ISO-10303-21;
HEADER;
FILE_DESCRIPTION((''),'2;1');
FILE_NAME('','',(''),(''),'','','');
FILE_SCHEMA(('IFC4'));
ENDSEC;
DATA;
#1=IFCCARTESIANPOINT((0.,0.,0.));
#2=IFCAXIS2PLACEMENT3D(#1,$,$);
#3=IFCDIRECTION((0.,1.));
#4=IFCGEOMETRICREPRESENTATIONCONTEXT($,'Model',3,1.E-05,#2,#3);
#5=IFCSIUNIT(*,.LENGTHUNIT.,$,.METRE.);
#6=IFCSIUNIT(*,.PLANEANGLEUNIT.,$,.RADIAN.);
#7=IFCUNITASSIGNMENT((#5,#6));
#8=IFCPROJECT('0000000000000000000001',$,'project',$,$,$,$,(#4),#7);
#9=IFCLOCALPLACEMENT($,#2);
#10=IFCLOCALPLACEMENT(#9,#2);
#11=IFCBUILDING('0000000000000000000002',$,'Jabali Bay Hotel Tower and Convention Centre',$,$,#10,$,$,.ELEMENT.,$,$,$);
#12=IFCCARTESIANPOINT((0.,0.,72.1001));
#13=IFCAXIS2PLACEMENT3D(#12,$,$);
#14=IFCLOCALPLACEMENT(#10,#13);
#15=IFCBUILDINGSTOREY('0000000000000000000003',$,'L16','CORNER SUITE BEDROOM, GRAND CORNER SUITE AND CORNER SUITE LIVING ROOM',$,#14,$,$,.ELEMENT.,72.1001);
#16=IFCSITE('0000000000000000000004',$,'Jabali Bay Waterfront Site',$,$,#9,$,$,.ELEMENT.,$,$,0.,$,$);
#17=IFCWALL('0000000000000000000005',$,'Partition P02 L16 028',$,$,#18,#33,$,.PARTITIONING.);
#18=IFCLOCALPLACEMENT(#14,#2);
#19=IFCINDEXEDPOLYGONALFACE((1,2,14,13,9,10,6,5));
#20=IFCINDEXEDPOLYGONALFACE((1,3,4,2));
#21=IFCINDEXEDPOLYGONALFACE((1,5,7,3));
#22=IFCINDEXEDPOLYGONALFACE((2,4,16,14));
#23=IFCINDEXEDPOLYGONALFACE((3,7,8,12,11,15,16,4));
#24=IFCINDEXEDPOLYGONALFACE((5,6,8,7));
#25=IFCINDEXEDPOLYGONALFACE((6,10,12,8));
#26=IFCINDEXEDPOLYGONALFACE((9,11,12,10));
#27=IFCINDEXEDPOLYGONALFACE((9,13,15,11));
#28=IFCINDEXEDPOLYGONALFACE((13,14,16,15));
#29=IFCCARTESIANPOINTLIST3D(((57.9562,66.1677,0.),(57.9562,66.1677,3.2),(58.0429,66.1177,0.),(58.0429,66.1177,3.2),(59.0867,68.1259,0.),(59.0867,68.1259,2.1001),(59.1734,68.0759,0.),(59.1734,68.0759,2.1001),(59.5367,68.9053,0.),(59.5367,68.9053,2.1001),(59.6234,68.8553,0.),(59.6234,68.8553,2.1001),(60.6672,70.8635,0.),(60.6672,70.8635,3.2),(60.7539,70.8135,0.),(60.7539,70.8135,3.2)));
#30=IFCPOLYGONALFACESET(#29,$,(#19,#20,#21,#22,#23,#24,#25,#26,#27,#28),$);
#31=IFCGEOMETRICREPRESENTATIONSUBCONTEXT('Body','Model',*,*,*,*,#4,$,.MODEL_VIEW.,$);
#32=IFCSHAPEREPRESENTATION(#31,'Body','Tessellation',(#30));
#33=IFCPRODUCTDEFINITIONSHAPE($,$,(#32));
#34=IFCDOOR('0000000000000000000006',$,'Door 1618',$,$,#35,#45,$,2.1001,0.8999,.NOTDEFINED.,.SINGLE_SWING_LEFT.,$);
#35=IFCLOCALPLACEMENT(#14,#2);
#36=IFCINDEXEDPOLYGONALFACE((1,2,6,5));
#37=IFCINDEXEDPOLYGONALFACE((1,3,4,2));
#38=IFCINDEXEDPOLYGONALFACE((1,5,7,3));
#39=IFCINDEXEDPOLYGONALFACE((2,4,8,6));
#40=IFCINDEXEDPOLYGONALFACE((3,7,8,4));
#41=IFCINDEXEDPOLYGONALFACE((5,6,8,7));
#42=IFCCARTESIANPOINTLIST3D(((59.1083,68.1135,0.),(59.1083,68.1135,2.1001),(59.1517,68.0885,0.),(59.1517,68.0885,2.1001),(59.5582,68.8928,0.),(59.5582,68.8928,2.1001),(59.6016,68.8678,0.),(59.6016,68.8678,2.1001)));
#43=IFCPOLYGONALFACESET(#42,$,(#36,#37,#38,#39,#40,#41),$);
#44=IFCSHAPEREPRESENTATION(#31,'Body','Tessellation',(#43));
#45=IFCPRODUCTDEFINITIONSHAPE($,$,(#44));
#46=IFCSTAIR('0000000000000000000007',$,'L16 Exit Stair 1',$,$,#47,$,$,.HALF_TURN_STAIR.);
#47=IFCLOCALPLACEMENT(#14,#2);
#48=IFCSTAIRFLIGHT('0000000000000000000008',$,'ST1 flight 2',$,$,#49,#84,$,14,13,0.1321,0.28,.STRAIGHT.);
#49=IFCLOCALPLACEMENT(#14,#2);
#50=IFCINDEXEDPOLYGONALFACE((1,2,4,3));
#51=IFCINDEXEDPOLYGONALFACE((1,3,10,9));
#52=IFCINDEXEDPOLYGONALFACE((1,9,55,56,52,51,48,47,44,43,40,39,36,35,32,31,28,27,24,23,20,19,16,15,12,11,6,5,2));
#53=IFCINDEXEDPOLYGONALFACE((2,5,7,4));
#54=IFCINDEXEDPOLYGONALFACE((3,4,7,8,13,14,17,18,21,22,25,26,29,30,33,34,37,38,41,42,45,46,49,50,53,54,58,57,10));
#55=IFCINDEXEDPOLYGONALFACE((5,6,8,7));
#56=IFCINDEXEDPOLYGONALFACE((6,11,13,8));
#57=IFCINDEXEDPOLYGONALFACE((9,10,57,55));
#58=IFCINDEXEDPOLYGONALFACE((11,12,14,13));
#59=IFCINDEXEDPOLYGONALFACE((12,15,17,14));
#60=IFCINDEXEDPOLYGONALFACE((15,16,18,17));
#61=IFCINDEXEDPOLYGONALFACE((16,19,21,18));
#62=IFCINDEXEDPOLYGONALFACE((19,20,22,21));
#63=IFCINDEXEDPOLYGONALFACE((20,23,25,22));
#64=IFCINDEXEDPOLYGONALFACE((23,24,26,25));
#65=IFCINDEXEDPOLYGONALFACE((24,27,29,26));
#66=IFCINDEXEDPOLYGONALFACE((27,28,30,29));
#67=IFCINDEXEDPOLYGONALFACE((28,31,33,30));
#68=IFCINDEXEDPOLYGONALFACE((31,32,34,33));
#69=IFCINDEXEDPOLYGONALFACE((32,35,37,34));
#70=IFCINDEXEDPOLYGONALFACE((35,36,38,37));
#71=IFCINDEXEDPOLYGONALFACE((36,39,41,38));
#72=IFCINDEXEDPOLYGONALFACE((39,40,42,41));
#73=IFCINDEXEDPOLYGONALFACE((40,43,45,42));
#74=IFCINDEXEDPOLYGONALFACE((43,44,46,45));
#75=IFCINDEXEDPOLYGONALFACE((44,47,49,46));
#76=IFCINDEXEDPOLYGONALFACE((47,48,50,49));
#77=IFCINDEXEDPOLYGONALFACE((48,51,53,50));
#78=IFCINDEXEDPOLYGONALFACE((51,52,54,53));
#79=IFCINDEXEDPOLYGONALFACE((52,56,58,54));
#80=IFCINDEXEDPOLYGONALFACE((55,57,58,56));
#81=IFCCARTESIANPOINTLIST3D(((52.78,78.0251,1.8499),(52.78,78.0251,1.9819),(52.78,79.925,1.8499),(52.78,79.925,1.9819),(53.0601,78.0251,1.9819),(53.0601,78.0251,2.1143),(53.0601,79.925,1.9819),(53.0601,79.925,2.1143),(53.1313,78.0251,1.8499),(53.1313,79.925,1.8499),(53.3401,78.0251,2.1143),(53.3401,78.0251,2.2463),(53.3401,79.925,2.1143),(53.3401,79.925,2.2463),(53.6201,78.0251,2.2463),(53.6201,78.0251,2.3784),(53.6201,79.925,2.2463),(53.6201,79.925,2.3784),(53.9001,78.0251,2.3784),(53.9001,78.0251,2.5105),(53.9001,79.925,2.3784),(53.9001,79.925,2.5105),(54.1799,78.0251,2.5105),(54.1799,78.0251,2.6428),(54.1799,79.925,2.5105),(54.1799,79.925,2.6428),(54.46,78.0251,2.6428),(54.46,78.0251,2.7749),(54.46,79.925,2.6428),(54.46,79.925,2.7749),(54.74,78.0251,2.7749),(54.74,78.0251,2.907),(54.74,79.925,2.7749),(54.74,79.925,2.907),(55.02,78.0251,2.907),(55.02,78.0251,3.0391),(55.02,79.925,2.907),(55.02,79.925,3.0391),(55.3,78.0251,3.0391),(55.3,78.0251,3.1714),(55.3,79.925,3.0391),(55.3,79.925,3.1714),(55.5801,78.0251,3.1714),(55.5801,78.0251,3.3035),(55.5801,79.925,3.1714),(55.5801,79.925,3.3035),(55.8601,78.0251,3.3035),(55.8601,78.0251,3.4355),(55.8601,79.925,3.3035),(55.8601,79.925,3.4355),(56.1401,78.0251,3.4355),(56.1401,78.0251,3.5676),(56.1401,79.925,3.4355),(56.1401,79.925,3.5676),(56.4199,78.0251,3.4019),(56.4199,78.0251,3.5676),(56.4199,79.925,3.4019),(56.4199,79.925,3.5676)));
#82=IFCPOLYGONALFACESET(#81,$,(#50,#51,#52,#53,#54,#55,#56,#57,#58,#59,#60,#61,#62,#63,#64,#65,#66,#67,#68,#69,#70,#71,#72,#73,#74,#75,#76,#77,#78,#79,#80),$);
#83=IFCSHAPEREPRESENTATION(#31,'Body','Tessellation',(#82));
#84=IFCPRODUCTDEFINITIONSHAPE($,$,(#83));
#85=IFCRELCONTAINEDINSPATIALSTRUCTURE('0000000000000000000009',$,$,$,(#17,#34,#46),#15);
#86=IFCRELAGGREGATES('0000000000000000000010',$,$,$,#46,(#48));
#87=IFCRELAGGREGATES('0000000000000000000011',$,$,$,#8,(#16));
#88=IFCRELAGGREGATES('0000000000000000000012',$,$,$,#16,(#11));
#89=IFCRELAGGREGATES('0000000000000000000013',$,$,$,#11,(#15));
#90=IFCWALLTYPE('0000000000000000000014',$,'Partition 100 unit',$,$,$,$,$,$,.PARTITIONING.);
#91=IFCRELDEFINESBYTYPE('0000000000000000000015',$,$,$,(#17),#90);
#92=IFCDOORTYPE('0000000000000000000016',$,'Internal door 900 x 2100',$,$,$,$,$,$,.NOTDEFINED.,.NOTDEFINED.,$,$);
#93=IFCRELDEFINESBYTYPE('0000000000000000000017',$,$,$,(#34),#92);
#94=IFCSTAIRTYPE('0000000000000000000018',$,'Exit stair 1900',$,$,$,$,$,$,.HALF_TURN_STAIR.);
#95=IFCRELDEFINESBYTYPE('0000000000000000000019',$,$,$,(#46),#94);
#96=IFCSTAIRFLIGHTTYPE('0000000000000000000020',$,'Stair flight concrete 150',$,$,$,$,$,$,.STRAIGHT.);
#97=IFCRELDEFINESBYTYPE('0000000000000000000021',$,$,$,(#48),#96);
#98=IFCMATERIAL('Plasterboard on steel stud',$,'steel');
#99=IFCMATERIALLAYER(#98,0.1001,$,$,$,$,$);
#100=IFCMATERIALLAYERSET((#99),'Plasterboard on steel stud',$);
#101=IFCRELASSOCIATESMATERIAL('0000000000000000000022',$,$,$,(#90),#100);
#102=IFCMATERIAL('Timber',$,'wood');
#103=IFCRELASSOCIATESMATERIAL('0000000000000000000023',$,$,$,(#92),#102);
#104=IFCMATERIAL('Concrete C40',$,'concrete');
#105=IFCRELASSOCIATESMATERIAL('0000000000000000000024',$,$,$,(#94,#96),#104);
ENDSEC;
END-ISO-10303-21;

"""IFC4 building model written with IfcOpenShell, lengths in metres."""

from ifc_helpers import new_model, si_unit, direction, frame, frame_2d, origin, place, context, subcontext, project, spatial, polyline, rectangle, outline, extrude, material, layer, layer_set, type_object, element, fill, aggregate, save


model = new_model("IFC4")

# Units and contexts
model_context = context("Model", 3, precision=1e-05, world=origin(), true_north=direction((0.0, 1.0)))
body_context = subcontext(model_context, "Body", "Model", "MODEL_VIEW")
ifc_project = project(units=[si_unit("LENGTHUNIT", "METRE"), si_unit("PLANEANGLEUNIT", "RADIAN")], contexts=[model_context])

# Site, building, storey
site_placement = place(None, origin())
site = spatial("IfcSite", under=ifc_project, at=site_placement, Name="Jabali Bay Waterfront Site", CompositionType="ELEMENT", RefElevation=0.0)
building_placement = place(site_placement, origin())
building = spatial("IfcBuilding", under=site, at=building_placement, Name="Jabali Bay Hotel Tower and Convention Centre", CompositionType="ELEMENT")
storey_placement = place(building_placement, frame((0.0, 0.0, 72.1001)))
storey = spatial("IfcBuildingStorey", under=building, at=storey_placement, Name="L16", Description="CORNER SUITE BEDROOM, GRAND CORNER SUITE AND CORNER SUITE LIVING ROOM", CompositionType="ELEMENT", Elevation=72.1001)

# Shared definitions
ifc_material_1 = material(Name="Concrete C40", Category="concrete")

# Wall, opening, door
ifc_material_2 = material(Name="Plasterboard on steel stud", Category="steel")
ifc_layer_1 = layer(ifc_material_2, 0.1001)
ifc_layer_set_1 = layer_set([ifc_layer_1], Name="Plasterboard on steel stud")
wall_type_1 = type_object("IfcWallType", Name="Partition 100 unit", PredefinedType="PARTITIONING", material=ifc_layer_set_1)
wall_1_placement = place(storey_placement, frame((60.7104, 70.8384, 0.0), z_axis=(0.0, 0.0, 1.0), x_axis=(-0.499975, -0.86604, 0.0)))
wall_1 = element("IfcWall", 1, at=wall_1_placement, inside=storey, type_object=wall_type_1, Name="Partition P02 L16 028", PredefinedType="PARTITIONING", context=body_context, shape_type="SweptSolid", body=[
    extrude(rectangle(XDim=5.4221, YDim=0.1001, at=frame_2d((2.7109, 0.0))), origin(), (0.0, 0.0, 1.0), 3.2),
])
opening_1_placement = place(wall_1_placement, frame((2.261, 0.0, 0.0)))
opening_1 = element("IfcOpeningElement", 2, at=opening_1_placement, cuts=wall_1, PredefinedType="OPENING", context=body_context, shape_type="SweptSolid", body=[
    extrude(rectangle(XDim=0.8999, YDim=2.1001, at=frame_2d((0.45, 1.05))), frame((0.0, 0.0605, 0.0), z_axis=(0.0, -1.0, 0.0), x_axis=(1.0, 0.0, 0.0)), (0.0, 0.0, 1.0), 0.1211),
])
ifc_material_3 = material(Name="Timber", Category="wood")
door_type_1 = type_object("IfcDoorType", Name="Internal door 900 x 2100", OperationType="NOTDEFINED", PredefinedType="NOTDEFINED", material=ifc_material_3)
door_1_placement = place(opening_1_placement, origin())
door_1 = element("IfcDoor", 3, at=door_1_placement, inside=storey, type_object=door_type_1, Name="Door 1618", OperationType="SINGLE_SWING_LEFT", OverallHeight=2.1001, OverallWidth=0.8999, PredefinedType="NOTDEFINED", context=body_context, shape_type="SweptSolid", body=[
    extrude(rectangle(XDim=0.8999, YDim=2.1001, at=frame_2d((0.45, 1.05))), frame((0.0, 0.0249, 0.0), z_axis=(0.0, -1.0, 0.0), x_axis=(1.0, 0.0, 0.0)), (0.0, 0.0, 1.0), 0.05),
])
fill(opening_1, door_1)

# Stair, stair flight
stair_type = type_object("IfcStairType", Name="Exit stair 1900", PredefinedType="HALF_TURN_STAIR", material=ifc_material_1)
stair_placement = place(storey_placement, origin())
stair = element("IfcStair", 4, at=stair_placement, inside=storey, type_object=stair_type, Name="L16 Exit Stair 1", PredefinedType="HALF_TURN_STAIR")
stair_flight_type = type_object("IfcStairFlightType", Name="Stair flight concrete 150", PredefinedType="STRAIGHT", material=ifc_material_1)
stair_flight_placement = place(storey_placement, frame((52.78, 78.9751, 1.8499), z_axis=(0.0, 0.0, 1.0), x_axis=(1.0, 0.0, 0.0)))
stair_flight = element("IfcStairFlight", 5, at=stair_flight_placement, type_object=stair_flight_type, Name="ST1 flight 2", NumberOfRisers=14, NumberOfTreads=13, PredefinedType="STRAIGHT", RiserHeight=0.1321, TreadLength=0.28, context=body_context, shape_type="SweptSolid", body=[
    extrude(outline(polyline([(0.0, 0.0), (0.0, 0.1321), (0.28, 0.1321), (0.28, 0.2644), (0.5601, 0.2644), (0.5601, 0.3965), (0.8401, 0.3965), (0.8401, 0.5286), (1.1201, 0.5286), (1.1201, 0.6606), (1.3999, 0.6606), (1.3999, 0.793), (1.6799, 0.793), (1.6799, 0.925), (1.96, 0.925), (1.96, 1.0571), (2.24, 1.0571), (2.24, 1.1892), (2.52, 1.1892), (2.52, 1.3215), (2.8, 1.3215), (2.8, 1.4536), (3.0801, 1.4536), (3.0801, 1.5857), (3.3601, 1.5857), (3.3601, 1.7178), (3.6399, 1.7178), (3.6399, 1.8501), (3.6399, 1.552), (0.3513, 0.0), (0.0, 0.0)])), frame((0.0, 0.95, 0.0), z_axis=(0.0, -1.0, 0.0), x_axis=(1.0, 0.0, 0.0)), (0.0, 0.0, 1.0), 1.8999),
])
aggregate(stair, [stair_flight])

save(model, "model.ifc")
